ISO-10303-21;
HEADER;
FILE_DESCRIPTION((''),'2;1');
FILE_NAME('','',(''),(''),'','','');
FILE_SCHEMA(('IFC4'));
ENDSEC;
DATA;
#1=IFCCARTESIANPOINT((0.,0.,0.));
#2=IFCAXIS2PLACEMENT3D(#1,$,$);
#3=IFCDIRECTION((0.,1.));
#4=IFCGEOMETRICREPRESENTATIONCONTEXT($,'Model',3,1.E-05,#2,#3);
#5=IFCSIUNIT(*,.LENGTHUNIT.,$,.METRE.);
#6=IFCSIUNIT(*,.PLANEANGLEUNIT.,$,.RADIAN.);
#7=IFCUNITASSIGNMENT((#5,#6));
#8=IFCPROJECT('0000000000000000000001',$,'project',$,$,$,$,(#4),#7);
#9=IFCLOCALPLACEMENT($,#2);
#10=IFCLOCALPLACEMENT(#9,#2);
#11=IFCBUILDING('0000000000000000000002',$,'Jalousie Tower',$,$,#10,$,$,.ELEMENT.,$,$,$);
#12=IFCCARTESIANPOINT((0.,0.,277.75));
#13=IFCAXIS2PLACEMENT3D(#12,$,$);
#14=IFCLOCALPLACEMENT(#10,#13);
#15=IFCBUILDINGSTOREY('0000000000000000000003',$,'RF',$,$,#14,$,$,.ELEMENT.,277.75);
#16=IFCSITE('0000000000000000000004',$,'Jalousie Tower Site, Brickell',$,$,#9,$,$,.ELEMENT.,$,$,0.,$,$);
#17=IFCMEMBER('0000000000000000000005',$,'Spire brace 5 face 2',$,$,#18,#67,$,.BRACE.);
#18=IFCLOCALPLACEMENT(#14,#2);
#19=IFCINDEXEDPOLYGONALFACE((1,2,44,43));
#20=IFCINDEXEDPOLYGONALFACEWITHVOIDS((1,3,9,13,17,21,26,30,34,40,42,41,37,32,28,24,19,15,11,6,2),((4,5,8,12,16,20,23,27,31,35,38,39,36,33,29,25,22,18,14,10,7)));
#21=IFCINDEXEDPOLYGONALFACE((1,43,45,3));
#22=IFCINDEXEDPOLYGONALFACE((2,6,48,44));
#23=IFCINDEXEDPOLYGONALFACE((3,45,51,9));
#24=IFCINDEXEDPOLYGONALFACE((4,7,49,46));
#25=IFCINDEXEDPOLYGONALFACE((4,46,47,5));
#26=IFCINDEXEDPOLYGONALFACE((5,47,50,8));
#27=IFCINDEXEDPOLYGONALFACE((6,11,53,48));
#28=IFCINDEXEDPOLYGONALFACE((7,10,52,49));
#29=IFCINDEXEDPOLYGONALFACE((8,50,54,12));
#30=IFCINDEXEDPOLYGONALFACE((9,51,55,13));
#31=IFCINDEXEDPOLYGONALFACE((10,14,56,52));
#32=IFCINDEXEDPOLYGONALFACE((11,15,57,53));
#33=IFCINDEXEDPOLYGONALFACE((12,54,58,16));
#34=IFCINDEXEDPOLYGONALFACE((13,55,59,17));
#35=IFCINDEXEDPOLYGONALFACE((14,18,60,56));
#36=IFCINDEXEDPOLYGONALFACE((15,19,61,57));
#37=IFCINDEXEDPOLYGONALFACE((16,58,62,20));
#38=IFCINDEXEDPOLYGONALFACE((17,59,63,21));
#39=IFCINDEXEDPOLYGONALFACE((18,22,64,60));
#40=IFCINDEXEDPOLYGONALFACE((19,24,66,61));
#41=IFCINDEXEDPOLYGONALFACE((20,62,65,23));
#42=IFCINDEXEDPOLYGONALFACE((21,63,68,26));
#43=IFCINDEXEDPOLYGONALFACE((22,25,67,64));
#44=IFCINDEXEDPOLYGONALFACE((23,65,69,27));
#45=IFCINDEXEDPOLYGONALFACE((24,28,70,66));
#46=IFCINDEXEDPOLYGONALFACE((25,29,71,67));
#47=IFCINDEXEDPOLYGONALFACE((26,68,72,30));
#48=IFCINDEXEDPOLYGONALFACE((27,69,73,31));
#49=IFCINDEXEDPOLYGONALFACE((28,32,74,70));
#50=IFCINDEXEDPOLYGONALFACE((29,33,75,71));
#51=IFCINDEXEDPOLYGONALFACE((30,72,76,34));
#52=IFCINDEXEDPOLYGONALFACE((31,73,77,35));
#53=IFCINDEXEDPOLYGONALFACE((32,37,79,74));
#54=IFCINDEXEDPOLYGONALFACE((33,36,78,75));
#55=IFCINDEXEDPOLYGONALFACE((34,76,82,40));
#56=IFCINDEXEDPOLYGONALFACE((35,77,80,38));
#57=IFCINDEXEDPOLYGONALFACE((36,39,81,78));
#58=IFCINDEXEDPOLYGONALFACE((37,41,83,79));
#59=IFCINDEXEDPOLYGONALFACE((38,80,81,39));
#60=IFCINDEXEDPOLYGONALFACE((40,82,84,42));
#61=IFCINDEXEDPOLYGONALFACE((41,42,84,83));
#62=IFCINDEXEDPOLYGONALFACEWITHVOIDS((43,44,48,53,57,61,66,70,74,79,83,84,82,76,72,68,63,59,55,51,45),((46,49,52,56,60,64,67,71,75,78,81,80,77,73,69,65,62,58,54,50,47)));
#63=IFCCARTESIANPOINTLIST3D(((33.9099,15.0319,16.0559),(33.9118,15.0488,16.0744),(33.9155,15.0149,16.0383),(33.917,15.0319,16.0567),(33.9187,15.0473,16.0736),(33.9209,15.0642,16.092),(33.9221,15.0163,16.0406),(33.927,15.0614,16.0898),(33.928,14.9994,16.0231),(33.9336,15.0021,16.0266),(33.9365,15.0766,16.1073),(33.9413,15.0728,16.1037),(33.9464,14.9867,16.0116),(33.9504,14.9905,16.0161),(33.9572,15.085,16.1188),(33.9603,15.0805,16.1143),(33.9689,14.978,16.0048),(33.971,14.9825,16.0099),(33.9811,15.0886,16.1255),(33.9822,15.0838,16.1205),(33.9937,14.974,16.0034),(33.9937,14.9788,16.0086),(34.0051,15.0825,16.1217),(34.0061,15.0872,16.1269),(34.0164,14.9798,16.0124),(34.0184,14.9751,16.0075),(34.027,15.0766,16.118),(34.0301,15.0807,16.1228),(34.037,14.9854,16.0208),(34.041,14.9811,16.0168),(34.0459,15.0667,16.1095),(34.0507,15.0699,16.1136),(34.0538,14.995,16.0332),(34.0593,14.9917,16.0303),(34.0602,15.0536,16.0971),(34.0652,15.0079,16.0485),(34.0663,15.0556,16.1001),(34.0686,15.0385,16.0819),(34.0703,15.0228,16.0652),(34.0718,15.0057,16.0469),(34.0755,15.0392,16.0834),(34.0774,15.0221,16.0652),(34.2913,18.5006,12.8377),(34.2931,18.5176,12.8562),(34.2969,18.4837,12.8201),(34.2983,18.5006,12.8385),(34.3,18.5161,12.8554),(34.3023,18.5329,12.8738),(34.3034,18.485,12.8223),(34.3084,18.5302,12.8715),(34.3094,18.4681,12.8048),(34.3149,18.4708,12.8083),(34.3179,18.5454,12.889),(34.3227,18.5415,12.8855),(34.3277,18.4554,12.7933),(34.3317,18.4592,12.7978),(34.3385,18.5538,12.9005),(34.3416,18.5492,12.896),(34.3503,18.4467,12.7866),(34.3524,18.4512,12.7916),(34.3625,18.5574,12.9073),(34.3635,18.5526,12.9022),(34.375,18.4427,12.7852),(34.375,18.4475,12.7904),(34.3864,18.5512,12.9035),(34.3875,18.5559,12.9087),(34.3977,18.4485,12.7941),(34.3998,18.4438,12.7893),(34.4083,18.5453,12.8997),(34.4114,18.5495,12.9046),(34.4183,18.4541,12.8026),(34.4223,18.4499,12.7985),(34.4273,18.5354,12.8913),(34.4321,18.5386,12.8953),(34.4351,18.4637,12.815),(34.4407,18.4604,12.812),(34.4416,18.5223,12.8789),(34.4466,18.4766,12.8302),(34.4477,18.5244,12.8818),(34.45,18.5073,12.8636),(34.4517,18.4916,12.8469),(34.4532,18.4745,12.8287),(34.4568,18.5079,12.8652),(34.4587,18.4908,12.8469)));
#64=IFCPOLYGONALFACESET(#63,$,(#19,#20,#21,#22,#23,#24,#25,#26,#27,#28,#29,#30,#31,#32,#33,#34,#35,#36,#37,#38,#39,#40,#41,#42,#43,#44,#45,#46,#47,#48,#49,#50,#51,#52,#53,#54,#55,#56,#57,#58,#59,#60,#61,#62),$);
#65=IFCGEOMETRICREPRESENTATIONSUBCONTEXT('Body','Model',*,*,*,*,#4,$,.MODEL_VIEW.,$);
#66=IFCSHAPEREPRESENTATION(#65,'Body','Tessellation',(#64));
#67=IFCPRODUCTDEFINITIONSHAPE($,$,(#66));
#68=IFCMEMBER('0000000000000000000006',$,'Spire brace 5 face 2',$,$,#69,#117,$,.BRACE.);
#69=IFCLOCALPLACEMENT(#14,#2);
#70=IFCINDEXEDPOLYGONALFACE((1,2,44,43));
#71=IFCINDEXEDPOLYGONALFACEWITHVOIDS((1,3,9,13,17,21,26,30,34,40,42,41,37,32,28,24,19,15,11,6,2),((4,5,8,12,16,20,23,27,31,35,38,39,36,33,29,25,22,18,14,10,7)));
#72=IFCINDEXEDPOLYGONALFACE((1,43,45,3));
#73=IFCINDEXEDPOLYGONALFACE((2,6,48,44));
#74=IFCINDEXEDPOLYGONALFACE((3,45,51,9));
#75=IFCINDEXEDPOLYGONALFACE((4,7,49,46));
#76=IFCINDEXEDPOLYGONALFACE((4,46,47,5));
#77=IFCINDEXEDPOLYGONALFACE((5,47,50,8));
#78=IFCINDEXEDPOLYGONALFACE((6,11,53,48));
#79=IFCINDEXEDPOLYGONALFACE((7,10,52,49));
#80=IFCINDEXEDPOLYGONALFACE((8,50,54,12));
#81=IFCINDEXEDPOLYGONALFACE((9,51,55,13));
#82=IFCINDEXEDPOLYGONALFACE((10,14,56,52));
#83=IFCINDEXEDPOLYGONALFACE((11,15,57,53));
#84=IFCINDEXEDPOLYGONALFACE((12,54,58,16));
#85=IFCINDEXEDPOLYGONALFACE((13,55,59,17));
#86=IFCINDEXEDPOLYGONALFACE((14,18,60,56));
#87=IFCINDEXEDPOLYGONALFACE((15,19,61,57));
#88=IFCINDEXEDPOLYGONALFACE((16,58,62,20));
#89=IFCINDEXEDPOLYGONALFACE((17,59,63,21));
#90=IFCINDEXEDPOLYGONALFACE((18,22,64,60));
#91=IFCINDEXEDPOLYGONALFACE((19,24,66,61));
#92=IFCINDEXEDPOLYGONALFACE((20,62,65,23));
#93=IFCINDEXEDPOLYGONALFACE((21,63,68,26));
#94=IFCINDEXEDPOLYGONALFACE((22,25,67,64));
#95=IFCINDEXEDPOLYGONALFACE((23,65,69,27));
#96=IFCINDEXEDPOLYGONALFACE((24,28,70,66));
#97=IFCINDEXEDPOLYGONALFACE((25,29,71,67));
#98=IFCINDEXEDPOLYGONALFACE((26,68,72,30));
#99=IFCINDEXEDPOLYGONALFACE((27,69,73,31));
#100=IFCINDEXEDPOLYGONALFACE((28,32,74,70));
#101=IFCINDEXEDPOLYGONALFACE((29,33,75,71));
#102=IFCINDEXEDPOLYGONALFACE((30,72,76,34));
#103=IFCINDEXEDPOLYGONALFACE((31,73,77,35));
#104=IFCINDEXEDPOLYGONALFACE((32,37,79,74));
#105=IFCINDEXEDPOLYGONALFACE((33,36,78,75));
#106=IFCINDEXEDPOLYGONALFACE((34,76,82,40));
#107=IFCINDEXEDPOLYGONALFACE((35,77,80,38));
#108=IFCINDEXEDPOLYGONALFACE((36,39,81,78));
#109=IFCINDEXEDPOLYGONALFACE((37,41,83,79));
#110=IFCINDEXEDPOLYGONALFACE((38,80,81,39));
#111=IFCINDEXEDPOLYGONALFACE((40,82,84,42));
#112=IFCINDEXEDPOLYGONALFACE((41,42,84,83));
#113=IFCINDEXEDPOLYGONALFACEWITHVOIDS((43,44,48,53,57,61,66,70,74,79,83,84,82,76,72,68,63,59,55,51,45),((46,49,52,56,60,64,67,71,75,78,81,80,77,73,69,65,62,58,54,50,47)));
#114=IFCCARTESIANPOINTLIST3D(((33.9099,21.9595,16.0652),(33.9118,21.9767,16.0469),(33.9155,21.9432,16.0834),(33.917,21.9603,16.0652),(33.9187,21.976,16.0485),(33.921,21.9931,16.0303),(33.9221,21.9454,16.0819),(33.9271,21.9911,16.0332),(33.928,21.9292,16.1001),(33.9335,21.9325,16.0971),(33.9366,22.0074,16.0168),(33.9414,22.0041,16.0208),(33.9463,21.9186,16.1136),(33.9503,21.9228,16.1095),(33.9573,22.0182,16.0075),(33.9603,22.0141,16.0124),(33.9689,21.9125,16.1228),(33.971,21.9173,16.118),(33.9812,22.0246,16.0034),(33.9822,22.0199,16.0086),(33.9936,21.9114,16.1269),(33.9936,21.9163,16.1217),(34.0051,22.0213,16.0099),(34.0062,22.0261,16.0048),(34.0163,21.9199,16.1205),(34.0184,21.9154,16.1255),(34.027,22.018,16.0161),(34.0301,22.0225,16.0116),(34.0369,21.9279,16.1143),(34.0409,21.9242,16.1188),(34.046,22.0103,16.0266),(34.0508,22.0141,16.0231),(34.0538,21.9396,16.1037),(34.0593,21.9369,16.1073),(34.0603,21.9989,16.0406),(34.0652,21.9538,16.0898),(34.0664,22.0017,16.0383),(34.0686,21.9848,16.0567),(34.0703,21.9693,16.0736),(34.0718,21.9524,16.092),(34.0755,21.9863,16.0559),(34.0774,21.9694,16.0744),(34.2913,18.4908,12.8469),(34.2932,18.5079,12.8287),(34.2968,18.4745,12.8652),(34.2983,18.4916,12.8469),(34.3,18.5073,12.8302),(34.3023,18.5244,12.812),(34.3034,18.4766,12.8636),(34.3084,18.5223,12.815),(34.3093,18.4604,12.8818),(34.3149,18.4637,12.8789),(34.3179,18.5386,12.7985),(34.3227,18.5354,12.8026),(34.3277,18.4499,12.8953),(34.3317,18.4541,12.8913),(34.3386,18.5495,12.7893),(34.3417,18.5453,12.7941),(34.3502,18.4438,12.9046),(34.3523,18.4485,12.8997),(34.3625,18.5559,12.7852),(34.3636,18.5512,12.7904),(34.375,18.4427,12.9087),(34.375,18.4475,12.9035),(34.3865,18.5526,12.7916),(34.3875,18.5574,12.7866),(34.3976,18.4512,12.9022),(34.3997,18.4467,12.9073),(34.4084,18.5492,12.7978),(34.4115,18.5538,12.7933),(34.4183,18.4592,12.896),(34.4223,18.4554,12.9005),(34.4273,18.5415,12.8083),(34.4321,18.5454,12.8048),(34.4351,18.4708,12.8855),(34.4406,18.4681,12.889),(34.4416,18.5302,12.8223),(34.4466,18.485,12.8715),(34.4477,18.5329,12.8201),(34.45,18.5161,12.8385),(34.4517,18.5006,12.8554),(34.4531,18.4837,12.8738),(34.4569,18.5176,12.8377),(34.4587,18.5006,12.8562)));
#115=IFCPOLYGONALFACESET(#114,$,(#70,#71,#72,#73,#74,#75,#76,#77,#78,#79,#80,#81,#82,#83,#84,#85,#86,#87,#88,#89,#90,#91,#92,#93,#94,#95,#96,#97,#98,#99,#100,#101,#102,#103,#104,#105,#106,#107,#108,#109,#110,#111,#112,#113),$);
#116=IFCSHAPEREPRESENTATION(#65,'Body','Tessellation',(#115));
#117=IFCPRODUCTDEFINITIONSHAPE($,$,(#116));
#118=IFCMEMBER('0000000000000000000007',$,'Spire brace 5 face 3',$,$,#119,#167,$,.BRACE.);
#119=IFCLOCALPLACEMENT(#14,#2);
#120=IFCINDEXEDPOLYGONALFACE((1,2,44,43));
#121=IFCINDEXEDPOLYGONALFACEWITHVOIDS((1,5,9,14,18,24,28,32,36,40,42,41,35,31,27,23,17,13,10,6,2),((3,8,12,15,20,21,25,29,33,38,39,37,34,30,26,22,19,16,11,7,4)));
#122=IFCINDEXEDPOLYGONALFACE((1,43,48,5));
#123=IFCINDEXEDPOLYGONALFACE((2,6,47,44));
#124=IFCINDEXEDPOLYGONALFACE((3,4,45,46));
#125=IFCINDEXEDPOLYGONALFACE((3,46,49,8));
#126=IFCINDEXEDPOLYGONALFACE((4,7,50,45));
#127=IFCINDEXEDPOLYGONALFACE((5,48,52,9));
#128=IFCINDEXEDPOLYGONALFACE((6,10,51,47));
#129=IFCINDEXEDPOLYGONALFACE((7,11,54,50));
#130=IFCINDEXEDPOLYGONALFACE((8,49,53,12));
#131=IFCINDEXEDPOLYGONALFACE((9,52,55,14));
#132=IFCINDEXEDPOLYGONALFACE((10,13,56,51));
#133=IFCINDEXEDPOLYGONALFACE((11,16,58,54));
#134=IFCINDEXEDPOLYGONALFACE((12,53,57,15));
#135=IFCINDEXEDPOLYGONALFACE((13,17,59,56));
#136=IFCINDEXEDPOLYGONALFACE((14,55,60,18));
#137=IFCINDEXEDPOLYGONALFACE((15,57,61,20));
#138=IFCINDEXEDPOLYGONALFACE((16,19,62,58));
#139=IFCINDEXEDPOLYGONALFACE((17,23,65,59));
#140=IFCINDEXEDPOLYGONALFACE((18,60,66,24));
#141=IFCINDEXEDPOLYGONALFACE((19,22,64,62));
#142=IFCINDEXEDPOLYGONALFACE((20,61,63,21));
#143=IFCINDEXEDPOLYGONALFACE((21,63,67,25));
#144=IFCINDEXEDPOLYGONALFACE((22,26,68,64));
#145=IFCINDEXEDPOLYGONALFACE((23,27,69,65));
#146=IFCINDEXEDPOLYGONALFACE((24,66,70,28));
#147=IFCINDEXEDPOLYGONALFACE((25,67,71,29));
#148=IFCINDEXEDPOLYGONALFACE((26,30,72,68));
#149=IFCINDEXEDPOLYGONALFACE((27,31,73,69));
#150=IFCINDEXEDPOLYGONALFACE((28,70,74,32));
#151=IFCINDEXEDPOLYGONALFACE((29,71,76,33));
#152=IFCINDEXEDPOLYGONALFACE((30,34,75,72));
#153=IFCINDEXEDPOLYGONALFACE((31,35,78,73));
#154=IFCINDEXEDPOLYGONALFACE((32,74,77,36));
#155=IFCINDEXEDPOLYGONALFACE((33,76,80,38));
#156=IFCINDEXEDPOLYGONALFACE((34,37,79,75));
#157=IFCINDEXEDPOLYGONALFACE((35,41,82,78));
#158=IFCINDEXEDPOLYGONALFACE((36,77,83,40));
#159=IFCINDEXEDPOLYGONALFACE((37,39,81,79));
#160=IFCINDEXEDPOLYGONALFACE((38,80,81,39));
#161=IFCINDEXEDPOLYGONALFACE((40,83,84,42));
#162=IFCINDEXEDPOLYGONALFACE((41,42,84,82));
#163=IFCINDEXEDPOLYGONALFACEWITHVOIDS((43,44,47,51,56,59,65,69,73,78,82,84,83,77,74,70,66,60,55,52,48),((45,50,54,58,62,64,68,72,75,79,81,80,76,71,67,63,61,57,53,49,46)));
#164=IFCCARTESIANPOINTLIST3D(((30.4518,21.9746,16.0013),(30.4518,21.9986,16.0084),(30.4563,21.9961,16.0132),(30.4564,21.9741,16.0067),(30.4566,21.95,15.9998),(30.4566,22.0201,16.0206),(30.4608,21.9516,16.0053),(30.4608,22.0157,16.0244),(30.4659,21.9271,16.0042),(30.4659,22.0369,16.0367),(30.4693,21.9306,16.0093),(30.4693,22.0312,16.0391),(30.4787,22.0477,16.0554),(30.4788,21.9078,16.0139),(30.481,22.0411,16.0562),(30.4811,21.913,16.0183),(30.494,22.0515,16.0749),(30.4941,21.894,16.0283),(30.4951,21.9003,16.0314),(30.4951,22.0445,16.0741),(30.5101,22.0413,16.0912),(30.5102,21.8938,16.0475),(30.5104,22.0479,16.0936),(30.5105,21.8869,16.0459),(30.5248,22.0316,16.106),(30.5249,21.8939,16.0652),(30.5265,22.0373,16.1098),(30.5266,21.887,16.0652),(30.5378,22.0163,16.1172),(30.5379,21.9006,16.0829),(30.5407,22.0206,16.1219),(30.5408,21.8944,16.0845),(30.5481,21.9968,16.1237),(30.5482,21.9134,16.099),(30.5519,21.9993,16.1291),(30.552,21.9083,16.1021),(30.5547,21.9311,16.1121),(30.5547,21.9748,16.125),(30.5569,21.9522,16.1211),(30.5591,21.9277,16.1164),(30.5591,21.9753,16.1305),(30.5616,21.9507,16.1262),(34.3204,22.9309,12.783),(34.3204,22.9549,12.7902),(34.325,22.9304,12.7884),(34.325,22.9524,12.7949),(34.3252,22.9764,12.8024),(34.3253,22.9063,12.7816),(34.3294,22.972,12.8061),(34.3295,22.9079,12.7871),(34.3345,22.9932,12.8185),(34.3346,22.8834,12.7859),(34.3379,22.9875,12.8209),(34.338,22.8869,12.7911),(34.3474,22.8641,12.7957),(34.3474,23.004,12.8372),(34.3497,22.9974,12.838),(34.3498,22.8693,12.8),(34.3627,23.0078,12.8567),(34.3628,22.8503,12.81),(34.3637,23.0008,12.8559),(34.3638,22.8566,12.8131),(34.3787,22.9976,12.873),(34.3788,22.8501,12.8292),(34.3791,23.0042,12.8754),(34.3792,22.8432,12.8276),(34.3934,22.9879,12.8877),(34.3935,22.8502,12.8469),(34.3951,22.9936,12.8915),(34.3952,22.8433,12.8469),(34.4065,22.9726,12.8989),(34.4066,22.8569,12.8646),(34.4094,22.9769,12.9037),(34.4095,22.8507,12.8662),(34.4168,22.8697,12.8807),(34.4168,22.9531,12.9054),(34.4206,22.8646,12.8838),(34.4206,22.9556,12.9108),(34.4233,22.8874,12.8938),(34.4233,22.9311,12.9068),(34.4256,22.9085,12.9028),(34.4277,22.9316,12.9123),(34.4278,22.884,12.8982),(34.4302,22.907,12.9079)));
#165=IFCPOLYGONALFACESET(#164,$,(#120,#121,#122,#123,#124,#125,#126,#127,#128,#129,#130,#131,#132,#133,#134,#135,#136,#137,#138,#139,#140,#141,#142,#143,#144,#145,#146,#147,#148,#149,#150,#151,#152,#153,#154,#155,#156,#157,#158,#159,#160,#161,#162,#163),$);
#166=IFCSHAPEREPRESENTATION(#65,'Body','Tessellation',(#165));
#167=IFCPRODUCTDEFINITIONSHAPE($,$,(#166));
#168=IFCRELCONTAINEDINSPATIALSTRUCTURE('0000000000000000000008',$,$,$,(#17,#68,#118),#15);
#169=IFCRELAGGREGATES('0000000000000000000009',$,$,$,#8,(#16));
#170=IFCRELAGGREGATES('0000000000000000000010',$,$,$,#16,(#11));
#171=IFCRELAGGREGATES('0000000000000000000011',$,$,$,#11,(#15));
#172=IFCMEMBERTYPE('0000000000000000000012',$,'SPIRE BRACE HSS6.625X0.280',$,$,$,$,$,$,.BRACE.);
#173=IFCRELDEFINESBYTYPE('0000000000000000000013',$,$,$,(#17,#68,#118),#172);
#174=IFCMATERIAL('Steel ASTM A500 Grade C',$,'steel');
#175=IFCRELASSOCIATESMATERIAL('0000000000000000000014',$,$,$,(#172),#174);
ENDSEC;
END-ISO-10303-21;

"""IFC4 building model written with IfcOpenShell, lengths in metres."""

from ifc_helpers import new_model, si_unit, direction, frame, origin, origin_2d, place, context, subcontext, project, spatial, hollow_circle, extrude, material, material_profile, profile_set, type_object, element, save


model = new_model("IFC4")

# Units and contexts
model_context = context("Model", 3, precision=1e-05, world=origin(), true_north=direction((0.0, 1.0)))
body_context = subcontext(model_context, "Body", "Model", "MODEL_VIEW")
ifc_project = project(units=[si_unit("LENGTHUNIT", "METRE"), si_unit("PLANEANGLEUNIT", "RADIAN")], contexts=[model_context])

# Site, building, storey
site_placement = place(None, origin())
site = spatial("IfcSite", under=ifc_project, at=site_placement, Name="Jalousie Tower Site, Brickell", CompositionType="ELEMENT", RefElevation=0.0)
building_placement = place(site_placement, origin())
building = spatial("IfcBuilding", under=site, at=building_placement, Name="Jalousie Tower", CompositionType="ELEMENT")
storey_placement = place(building_placement, frame((0.0, 0.0, 277.75)))
storey = spatial("IfcBuildingStorey", under=building, at=storey_placement, Name="RF", CompositionType="ELEMENT", Elevation=277.75)

# Members
ifc_material_1 = material(Name="Steel ASTM A500 Grade C", Category="steel")
ifc_material_profile_1 = material_profile(ifc_material_1, hollow_circle(Radius=0.0842, WallThickness=0.0071, at=origin_2d()), Name="HSS6.625X0.280")
ifc_profile_set_1 = profile_set([ifc_material_profile_1], Name="Steel ASTM A500 Grade C")
member_type_1 = type_object("IfcMemberType", Name="SPIRE BRACE HSS6.625X0.280", PredefinedType="BRACE", material=ifc_profile_set_1)
for number, where, z_axis, x_axis, name in (
    (1, (34.375, 18.5, 12.8469), (-0.080333, -0.730711, 0.677944), (0.994011, -0.10928, 0.0), "Spire brace 5 face 2"),
    (2, (34.375, 18.5, 12.8469), (-0.080333, 0.730711, 0.677944), (-0.994011, -0.10928, 0.0), "Spire brace 5 face 2"),
):
    element("IfcMember", number, at=place(storey_placement, frame(where, z_axis=z_axis, x_axis=x_axis)), inside=storey, type_object=member_type_1, Name=name, PredefinedType="BRACE", context=body_context, shape_type="SweptSolid", body=[
        extrude(hollow_circle(Radius=0.0842, WallThickness=0.0071, at=origin_2d()), origin(), (0.0, 0.0, 1.0), 4.7471),
    ])
member_1_placement = place(storey_placement, frame((34.375, 22.925, 12.8469), z_axis=(-0.755254, -0.186692, 0.628282), x_axis=(0.239969, -0.970781, 0.0)))
element("IfcMember", 3, at=member_1_placement, inside=storey, type_object=member_type_1, Name="Spire brace 5 face 3", PredefinedType="BRACE", context=body_context, shape_type="SweptSolid", body=[
    extrude(hollow_circle(Radius=0.0842, WallThickness=0.0071, at=origin_2d()), origin(), (0.0, 0.0, 1.0), 5.1223),
])

save(model, "model.ifc")
